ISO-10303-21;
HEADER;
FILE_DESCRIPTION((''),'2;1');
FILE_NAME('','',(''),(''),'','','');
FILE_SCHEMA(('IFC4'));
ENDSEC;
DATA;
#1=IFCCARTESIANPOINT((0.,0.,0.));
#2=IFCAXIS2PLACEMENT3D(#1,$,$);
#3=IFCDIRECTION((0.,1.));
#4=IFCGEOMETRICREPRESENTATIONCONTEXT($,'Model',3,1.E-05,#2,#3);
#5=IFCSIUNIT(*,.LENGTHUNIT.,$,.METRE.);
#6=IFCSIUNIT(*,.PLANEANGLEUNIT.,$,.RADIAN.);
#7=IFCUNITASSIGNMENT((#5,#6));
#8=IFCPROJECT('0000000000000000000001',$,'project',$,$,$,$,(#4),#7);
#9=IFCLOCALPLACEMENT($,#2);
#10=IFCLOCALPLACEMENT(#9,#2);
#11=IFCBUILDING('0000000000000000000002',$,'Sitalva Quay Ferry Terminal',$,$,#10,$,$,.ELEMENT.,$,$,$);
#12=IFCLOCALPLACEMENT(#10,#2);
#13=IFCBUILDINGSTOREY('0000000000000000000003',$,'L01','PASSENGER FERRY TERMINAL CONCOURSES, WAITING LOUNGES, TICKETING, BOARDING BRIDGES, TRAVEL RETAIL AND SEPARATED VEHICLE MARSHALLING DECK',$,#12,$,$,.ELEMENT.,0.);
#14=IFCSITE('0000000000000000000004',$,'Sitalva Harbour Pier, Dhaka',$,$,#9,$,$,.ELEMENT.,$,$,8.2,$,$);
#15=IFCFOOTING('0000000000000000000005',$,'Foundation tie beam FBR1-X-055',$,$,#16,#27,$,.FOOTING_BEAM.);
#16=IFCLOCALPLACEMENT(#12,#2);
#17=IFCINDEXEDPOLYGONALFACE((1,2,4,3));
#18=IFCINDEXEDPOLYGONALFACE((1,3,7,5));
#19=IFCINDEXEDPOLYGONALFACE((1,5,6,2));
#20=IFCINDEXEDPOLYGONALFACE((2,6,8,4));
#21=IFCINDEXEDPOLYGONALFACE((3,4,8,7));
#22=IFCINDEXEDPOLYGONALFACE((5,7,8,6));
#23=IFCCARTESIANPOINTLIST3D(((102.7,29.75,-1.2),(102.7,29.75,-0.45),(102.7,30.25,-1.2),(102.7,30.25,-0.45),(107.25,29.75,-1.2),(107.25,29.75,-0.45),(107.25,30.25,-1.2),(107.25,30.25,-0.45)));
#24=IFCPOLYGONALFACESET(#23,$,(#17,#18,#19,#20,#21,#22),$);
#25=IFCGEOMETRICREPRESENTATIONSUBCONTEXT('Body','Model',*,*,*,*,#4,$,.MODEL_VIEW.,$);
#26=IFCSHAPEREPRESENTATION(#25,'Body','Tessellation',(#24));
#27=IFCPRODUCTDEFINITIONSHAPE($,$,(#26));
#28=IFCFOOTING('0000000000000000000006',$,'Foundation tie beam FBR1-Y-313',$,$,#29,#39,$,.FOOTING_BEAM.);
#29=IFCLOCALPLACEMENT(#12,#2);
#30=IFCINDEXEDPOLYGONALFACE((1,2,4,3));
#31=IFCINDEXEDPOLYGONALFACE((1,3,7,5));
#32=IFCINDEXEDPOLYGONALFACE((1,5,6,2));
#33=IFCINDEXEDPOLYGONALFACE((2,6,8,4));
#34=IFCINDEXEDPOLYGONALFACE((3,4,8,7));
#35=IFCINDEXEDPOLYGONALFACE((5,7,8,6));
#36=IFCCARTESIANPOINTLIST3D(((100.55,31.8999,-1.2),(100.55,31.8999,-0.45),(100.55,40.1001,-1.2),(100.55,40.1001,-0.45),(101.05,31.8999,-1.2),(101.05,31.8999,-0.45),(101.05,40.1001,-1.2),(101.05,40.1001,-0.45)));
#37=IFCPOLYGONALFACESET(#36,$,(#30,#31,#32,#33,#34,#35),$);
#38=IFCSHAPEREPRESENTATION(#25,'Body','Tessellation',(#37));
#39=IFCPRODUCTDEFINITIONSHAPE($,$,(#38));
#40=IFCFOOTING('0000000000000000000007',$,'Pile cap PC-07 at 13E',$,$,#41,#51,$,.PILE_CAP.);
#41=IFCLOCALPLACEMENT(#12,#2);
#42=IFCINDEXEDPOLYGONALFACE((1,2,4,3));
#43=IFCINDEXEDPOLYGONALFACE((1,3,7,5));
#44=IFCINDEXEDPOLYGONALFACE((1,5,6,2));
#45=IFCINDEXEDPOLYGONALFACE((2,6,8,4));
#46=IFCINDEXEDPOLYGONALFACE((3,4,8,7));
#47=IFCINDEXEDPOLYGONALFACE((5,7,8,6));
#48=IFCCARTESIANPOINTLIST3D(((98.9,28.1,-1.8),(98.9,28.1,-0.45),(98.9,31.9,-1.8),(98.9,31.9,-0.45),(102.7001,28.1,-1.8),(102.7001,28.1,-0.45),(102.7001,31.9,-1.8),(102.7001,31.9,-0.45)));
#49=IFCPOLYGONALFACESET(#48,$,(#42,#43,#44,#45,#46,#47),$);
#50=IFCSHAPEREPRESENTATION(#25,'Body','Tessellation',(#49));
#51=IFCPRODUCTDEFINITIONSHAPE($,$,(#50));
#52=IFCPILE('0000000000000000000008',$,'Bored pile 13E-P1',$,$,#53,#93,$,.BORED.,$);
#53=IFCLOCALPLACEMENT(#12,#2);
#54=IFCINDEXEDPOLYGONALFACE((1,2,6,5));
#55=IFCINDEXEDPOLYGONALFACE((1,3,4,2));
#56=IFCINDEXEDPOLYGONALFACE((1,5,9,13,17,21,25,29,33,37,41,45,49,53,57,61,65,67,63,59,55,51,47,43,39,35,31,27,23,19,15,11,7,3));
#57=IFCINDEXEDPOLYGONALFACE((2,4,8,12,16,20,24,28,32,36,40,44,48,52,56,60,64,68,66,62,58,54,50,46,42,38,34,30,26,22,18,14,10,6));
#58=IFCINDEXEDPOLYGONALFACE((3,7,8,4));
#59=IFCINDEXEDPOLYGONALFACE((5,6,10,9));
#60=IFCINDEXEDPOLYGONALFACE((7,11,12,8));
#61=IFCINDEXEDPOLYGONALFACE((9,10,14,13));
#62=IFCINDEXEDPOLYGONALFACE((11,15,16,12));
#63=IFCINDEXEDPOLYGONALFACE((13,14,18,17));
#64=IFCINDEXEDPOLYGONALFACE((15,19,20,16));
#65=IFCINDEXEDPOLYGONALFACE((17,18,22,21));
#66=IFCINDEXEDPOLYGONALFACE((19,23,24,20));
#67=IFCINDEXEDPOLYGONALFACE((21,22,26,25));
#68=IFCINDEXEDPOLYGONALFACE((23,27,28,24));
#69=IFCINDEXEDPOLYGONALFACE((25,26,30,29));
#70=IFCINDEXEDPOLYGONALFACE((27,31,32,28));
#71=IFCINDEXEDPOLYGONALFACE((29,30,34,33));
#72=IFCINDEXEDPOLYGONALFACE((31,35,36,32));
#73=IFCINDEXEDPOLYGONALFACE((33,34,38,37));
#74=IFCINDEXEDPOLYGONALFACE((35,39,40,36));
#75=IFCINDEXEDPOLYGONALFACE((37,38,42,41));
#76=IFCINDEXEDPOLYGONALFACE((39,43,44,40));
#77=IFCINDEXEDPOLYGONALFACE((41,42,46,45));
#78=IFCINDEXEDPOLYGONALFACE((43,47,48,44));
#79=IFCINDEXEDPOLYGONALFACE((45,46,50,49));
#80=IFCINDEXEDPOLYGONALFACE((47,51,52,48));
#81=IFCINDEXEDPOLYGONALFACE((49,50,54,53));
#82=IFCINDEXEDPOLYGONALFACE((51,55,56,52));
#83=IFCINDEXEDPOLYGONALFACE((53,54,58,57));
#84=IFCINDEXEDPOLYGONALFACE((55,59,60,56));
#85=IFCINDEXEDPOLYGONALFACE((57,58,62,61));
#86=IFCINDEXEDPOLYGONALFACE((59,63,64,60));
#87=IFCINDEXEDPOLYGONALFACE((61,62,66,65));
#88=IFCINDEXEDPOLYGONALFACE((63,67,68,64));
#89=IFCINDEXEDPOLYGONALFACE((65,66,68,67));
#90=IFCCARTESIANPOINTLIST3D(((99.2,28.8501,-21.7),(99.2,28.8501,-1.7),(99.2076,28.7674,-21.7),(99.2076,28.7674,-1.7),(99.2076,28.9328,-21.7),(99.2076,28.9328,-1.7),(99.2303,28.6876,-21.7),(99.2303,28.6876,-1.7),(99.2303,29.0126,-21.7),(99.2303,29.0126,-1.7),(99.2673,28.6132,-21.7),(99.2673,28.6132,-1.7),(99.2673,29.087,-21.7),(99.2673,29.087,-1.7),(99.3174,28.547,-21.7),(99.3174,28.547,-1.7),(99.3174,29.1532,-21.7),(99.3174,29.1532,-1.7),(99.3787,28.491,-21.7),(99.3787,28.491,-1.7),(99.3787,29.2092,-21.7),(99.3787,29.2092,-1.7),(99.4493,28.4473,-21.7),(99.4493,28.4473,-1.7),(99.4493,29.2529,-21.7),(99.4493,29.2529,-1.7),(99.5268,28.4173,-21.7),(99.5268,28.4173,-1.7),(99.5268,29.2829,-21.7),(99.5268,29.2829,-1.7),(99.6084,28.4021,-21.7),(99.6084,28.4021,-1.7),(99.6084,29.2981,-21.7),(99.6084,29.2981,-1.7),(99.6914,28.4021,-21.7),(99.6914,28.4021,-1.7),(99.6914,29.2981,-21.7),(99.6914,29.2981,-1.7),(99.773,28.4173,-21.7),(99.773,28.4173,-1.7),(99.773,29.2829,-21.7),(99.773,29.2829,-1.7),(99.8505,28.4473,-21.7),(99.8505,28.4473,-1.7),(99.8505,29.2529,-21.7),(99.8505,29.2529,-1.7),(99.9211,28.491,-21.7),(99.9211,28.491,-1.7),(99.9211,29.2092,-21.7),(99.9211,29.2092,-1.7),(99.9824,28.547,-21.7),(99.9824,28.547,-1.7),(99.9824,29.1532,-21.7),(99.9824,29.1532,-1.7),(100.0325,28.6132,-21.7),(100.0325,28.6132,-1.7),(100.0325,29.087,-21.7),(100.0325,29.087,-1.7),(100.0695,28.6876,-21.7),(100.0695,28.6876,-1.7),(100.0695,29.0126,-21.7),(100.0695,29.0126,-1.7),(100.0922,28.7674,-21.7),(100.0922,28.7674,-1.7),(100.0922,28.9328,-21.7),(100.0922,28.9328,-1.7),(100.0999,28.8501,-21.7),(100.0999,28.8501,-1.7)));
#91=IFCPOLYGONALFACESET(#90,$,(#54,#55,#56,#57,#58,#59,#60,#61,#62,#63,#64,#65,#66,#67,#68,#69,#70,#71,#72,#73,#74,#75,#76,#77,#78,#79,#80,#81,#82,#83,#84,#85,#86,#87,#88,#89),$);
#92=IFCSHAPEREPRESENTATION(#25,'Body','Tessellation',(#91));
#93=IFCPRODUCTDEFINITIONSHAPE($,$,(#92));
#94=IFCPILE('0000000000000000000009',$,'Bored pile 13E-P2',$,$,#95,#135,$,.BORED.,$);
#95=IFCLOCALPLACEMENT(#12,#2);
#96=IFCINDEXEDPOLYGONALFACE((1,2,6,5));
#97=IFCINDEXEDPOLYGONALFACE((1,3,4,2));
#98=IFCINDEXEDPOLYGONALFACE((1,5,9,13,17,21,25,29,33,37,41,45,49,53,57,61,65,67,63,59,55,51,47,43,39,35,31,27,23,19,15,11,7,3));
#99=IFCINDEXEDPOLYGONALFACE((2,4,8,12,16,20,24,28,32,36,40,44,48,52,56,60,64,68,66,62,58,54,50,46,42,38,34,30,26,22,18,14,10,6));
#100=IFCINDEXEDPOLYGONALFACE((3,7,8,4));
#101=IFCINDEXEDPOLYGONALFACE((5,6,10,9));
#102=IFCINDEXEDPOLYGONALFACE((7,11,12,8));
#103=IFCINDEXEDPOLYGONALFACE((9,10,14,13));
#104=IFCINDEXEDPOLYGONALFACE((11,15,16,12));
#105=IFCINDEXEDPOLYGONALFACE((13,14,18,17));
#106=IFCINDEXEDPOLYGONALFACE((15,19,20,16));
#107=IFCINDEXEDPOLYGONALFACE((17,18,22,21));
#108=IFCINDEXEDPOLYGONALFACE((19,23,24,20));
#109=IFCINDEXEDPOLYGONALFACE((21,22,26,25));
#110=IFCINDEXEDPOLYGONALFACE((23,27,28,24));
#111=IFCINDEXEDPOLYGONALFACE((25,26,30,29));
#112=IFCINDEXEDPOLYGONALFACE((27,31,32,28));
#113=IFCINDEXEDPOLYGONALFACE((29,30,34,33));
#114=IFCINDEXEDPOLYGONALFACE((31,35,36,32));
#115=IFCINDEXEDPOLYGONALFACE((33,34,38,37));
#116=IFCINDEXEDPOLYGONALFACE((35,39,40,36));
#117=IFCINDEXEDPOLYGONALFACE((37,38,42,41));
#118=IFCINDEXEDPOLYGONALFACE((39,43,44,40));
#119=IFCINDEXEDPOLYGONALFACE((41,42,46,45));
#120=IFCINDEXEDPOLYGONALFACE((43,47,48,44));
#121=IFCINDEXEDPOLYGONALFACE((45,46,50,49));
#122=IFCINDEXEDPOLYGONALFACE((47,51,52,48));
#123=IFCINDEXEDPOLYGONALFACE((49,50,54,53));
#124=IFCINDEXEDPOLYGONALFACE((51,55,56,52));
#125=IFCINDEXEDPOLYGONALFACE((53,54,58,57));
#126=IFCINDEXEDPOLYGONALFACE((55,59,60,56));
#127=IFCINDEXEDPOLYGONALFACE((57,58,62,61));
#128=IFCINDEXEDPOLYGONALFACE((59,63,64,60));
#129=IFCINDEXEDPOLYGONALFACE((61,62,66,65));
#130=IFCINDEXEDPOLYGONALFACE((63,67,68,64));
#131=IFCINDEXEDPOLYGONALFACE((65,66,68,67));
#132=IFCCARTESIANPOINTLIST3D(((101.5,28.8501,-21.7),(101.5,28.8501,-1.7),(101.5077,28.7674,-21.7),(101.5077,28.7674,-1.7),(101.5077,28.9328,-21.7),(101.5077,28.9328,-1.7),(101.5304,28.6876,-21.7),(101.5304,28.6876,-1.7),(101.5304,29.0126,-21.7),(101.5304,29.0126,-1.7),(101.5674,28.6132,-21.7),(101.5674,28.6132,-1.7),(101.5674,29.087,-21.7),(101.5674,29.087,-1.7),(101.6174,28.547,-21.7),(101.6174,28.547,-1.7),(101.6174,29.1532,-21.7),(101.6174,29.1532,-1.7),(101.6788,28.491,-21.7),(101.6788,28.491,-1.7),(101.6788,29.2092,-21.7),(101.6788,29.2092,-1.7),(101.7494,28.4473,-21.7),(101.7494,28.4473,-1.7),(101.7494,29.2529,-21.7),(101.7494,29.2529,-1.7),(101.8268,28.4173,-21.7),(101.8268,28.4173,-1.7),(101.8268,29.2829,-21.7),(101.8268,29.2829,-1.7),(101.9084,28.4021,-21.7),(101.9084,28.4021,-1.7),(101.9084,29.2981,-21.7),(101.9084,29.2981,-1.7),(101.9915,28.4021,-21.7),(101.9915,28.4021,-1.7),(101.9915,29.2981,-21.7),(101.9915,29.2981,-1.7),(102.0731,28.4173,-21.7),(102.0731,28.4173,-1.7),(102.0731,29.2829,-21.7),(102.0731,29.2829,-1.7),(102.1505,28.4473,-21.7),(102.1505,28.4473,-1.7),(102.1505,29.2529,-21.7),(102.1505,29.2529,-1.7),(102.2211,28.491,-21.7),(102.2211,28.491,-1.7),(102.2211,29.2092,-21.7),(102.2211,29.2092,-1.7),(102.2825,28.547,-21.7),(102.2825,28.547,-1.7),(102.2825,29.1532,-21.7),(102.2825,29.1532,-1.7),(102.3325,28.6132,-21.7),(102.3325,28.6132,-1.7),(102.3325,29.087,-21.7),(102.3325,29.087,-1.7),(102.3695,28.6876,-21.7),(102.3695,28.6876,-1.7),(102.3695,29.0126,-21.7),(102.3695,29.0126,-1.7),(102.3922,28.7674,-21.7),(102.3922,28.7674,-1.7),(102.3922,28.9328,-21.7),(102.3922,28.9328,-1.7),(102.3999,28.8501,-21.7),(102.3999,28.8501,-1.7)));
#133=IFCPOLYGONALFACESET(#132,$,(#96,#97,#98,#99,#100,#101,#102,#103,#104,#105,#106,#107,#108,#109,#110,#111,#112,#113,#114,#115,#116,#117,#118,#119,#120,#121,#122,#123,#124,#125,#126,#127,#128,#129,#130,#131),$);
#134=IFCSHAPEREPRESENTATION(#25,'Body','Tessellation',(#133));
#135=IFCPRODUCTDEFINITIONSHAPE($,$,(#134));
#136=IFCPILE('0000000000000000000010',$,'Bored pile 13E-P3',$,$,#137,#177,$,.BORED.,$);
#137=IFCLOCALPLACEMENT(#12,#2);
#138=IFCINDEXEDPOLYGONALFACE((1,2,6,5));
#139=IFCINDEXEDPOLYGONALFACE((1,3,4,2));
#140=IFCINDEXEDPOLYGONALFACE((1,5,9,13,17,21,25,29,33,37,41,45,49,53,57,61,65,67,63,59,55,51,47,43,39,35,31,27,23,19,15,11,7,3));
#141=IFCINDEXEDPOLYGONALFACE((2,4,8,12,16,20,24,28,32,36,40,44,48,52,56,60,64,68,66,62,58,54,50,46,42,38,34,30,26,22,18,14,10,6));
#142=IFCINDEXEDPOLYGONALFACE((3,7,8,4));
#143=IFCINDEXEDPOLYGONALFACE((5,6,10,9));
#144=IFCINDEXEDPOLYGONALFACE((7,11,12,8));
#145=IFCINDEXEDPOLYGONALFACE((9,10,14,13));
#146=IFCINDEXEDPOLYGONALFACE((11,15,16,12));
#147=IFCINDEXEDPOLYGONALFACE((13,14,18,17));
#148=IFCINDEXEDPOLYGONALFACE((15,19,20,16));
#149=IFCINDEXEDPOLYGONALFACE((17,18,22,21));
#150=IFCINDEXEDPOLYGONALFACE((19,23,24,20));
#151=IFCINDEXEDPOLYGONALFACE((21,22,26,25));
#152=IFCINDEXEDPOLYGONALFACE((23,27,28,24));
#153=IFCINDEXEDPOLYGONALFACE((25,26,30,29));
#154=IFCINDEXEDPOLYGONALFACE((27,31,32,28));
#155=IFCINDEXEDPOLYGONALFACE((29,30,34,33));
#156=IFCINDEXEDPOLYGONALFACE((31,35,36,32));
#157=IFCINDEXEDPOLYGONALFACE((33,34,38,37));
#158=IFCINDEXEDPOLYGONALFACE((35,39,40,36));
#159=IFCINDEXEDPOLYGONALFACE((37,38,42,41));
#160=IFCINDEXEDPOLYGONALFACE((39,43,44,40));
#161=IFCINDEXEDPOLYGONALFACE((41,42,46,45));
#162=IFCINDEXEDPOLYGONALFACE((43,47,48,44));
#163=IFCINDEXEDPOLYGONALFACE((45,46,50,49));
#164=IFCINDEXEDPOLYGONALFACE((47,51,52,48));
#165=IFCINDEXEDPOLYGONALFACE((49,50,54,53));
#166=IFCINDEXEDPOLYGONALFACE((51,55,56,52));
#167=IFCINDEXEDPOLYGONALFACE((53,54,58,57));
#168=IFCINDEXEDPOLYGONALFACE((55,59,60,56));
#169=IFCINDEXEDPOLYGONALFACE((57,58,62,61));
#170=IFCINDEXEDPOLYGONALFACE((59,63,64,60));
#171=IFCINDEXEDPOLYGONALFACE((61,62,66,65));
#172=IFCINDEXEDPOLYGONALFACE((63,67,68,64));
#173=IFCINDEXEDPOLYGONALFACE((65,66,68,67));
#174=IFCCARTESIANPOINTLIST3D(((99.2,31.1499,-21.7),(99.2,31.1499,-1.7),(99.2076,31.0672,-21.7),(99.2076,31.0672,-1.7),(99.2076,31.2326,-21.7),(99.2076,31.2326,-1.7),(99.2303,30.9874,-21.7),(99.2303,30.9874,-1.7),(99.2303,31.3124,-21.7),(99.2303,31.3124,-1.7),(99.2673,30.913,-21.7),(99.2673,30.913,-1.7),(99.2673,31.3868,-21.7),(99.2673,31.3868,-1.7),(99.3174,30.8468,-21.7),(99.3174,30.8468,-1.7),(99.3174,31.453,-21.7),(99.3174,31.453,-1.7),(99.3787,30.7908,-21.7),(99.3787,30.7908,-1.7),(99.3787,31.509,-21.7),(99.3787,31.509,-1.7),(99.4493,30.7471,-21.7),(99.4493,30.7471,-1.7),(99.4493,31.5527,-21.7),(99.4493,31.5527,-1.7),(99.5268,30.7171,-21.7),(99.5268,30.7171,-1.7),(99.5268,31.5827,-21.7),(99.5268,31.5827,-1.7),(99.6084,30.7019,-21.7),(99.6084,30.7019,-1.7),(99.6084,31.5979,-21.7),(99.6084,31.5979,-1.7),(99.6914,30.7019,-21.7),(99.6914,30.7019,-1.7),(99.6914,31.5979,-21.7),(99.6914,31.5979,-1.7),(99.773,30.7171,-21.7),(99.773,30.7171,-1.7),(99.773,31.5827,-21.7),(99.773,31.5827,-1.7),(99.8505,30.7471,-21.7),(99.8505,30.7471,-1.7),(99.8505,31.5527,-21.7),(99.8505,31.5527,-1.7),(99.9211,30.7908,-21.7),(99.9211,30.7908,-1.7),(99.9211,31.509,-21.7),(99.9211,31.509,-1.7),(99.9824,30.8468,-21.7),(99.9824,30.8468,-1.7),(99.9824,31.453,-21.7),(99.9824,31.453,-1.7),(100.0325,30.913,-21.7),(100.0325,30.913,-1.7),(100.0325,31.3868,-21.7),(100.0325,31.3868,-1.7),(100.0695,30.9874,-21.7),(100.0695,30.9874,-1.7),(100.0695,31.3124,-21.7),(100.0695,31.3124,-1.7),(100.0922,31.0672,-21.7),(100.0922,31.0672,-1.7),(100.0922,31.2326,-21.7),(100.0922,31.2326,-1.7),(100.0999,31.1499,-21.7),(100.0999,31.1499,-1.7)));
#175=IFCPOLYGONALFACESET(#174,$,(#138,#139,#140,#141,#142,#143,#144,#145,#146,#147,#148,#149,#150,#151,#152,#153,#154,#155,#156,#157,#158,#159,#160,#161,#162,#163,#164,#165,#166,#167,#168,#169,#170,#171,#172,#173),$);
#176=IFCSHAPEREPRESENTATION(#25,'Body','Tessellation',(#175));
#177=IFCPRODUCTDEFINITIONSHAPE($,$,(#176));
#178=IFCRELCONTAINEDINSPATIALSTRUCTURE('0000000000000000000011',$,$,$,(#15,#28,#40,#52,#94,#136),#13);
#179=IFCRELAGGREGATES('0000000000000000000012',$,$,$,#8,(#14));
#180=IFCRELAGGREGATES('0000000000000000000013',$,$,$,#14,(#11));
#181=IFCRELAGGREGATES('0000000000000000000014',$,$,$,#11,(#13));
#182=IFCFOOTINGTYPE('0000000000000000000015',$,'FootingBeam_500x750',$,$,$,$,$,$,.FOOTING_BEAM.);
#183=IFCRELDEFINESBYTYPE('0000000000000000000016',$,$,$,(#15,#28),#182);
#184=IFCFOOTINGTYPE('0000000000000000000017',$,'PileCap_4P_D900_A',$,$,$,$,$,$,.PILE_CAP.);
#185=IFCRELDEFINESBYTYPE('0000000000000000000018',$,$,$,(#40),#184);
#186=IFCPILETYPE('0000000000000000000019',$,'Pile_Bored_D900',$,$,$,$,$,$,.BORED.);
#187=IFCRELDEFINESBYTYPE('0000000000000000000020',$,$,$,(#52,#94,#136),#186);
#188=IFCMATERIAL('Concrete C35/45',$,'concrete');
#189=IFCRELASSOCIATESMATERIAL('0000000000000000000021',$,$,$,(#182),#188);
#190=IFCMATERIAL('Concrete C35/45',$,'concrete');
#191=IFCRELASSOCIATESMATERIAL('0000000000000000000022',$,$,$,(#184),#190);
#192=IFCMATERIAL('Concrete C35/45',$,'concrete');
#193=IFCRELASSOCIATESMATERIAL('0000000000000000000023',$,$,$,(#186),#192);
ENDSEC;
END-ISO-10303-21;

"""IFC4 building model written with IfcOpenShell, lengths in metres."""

from ifc_helpers import new_model, si_unit, direction, frame, origin, origin_2d, place, context, subcontext, project, spatial, rectangle, circle, extrude, material, material_profile, profile_set, type_object, element, save


model = new_model("IFC4")

# Units and contexts
model_context = context("Model", 3, precision=1e-05, world=origin(), true_north=direction((0.0, 1.0)))
body_context = subcontext(model_context, "Body", "Model", "MODEL_VIEW")
ifc_project = project(units=[si_unit("LENGTHUNIT", "METRE"), si_unit("PLANEANGLEUNIT", "RADIAN")], contexts=[model_context])

# Site, building, storey
site_placement = place(None, origin())
site = spatial("IfcSite", under=ifc_project, at=site_placement, Name="Sitalva Harbour Pier, Dhaka", CompositionType="ELEMENT", RefElevation=8.2)
building_placement = place(site_placement, origin())
building = spatial("IfcBuilding", under=site, at=building_placement, Name="Sitalva Quay Ferry Terminal", CompositionType="ELEMENT")
storey_placement = place(building_placement, origin())
storey = spatial("IfcBuildingStorey", under=building, at=storey_placement, Name="L01", Description="PASSENGER FERRY TERMINAL CONCOURSES, WAITING LOUNGES, TICKETING, BOARDING BRIDGES, TRAVEL RETAIL AND SEPARATED VEHICLE MARSHALLING DECK", CompositionType="ELEMENT", Elevation=0.0)

# Footings
ifc_material_1 = material(Name="Concrete C35/45", Category="concrete")
ifc_material_profile_1 = material_profile(ifc_material_1, rectangle(XDim=0.5, YDim=0.75, at=origin_2d()), Name="RC500x750")
ifc_profile_set_1 = profile_set([ifc_material_profile_1], Name="Concrete C35/45")
footing_type_1 = type_object("IfcFootingType", Name="FootingBeam_500x750", PredefinedType="FOOTING_BEAM", material=ifc_profile_set_1)
footing_1_placement = place(storey_placement, frame((102.7, 30.0, -0.825), z_axis=(1.0, 0.0, 0.0), x_axis=(0.0, 1.0, 0.0)))
element("IfcFooting", 1, at=footing_1_placement, inside=storey, type_object=footing_type_1, Name="Foundation tie beam FBR1-X-055", PredefinedType="FOOTING_BEAM", context=body_context, shape_type="SweptSolid", body=[
    extrude(rectangle(XDim=0.5, YDim=0.75, at=origin_2d()), origin(), (0.0, 0.0, 1.0), 4.55),
])
footing_2_placement = place(storey_placement, frame((100.8, 31.8999, -0.825), z_axis=(0.0, 1.0, 0.0), x_axis=(-1.0, 0.0, 0.0)))
element("IfcFooting", 2, at=footing_2_placement, inside=storey, type_object=footing_type_1, Name="Foundation tie beam FBR1-Y-313", PredefinedType="FOOTING_BEAM", context=body_context, shape_type="SweptSolid", body=[
    extrude(rectangle(XDim=0.5, YDim=0.75, at=origin_2d()), origin(), (0.0, 0.0, 1.0), 8.2002),
])
ifc_material_2 = material(Name="Concrete C35/45", Category="concrete")
footing_type_2 = type_object("IfcFootingType", Name="PileCap_4P_D900_A", PredefinedType="PILE_CAP", material=ifc_material_2)
footing_3_placement = place(storey_placement, frame((100.8, 30.0, -1.8), z_axis=(0.0, 0.0, 1.0), x_axis=(1.0, 0.0, 0.0)))
element("IfcFooting", 3, at=footing_3_placement, inside=storey, type_object=footing_type_2, Name="Pile cap PC-07 at 13E", PredefinedType="PILE_CAP", context=body_context, shape_type="SweptSolid", body=[
    extrude(rectangle(XDim=3.8, YDim=3.8, at=origin_2d()), origin(), (0.0, 0.0, 1.0), 1.3501),
])

# Piles
ifc_material_3 = material(Name="Concrete C35/45", Category="concrete")
ifc_material_profile_2 = material_profile(ifc_material_3, circle(Radius=0.45, at=origin_2d()), Name="PILE-D900")
ifc_profile_set_2 = profile_set([ifc_material_profile_2], Name="Concrete C35/45")
pile_type = type_object("IfcPileType", Name="Pile_Bored_D900", PredefinedType="BORED", material=ifc_profile_set_2)
for number, where, z_axis, x_axis, name in (
    (4, (99.6499, 28.8501, -1.7), (0.0, 0.0, -1.0), (1.0, 0.0, 0.0), "Bored pile 13E-P1"),
    (5, (101.95, 28.8501, -1.7), (0.0, 0.0, -1.0), (1.0, 0.0, 0.0), "Bored pile 13E-P2"),
    (6, (99.6499, 31.1499, -1.7), (0.0, 0.0, -1.0), (1.0, 0.0, 0.0), "Bored pile 13E-P3"),
):
    element("IfcPile", number, at=place(storey_placement, frame(where, z_axis=z_axis, x_axis=x_axis)), inside=storey, type_object=pile_type, Name=name, PredefinedType="BORED", context=body_context, shape_type="SweptSolid", body=[
        extrude(circle(Radius=0.45, at=origin_2d()), origin(), (0.0, 0.0, 1.0), 20.0),
    ])

save(model, "model.ifc")
